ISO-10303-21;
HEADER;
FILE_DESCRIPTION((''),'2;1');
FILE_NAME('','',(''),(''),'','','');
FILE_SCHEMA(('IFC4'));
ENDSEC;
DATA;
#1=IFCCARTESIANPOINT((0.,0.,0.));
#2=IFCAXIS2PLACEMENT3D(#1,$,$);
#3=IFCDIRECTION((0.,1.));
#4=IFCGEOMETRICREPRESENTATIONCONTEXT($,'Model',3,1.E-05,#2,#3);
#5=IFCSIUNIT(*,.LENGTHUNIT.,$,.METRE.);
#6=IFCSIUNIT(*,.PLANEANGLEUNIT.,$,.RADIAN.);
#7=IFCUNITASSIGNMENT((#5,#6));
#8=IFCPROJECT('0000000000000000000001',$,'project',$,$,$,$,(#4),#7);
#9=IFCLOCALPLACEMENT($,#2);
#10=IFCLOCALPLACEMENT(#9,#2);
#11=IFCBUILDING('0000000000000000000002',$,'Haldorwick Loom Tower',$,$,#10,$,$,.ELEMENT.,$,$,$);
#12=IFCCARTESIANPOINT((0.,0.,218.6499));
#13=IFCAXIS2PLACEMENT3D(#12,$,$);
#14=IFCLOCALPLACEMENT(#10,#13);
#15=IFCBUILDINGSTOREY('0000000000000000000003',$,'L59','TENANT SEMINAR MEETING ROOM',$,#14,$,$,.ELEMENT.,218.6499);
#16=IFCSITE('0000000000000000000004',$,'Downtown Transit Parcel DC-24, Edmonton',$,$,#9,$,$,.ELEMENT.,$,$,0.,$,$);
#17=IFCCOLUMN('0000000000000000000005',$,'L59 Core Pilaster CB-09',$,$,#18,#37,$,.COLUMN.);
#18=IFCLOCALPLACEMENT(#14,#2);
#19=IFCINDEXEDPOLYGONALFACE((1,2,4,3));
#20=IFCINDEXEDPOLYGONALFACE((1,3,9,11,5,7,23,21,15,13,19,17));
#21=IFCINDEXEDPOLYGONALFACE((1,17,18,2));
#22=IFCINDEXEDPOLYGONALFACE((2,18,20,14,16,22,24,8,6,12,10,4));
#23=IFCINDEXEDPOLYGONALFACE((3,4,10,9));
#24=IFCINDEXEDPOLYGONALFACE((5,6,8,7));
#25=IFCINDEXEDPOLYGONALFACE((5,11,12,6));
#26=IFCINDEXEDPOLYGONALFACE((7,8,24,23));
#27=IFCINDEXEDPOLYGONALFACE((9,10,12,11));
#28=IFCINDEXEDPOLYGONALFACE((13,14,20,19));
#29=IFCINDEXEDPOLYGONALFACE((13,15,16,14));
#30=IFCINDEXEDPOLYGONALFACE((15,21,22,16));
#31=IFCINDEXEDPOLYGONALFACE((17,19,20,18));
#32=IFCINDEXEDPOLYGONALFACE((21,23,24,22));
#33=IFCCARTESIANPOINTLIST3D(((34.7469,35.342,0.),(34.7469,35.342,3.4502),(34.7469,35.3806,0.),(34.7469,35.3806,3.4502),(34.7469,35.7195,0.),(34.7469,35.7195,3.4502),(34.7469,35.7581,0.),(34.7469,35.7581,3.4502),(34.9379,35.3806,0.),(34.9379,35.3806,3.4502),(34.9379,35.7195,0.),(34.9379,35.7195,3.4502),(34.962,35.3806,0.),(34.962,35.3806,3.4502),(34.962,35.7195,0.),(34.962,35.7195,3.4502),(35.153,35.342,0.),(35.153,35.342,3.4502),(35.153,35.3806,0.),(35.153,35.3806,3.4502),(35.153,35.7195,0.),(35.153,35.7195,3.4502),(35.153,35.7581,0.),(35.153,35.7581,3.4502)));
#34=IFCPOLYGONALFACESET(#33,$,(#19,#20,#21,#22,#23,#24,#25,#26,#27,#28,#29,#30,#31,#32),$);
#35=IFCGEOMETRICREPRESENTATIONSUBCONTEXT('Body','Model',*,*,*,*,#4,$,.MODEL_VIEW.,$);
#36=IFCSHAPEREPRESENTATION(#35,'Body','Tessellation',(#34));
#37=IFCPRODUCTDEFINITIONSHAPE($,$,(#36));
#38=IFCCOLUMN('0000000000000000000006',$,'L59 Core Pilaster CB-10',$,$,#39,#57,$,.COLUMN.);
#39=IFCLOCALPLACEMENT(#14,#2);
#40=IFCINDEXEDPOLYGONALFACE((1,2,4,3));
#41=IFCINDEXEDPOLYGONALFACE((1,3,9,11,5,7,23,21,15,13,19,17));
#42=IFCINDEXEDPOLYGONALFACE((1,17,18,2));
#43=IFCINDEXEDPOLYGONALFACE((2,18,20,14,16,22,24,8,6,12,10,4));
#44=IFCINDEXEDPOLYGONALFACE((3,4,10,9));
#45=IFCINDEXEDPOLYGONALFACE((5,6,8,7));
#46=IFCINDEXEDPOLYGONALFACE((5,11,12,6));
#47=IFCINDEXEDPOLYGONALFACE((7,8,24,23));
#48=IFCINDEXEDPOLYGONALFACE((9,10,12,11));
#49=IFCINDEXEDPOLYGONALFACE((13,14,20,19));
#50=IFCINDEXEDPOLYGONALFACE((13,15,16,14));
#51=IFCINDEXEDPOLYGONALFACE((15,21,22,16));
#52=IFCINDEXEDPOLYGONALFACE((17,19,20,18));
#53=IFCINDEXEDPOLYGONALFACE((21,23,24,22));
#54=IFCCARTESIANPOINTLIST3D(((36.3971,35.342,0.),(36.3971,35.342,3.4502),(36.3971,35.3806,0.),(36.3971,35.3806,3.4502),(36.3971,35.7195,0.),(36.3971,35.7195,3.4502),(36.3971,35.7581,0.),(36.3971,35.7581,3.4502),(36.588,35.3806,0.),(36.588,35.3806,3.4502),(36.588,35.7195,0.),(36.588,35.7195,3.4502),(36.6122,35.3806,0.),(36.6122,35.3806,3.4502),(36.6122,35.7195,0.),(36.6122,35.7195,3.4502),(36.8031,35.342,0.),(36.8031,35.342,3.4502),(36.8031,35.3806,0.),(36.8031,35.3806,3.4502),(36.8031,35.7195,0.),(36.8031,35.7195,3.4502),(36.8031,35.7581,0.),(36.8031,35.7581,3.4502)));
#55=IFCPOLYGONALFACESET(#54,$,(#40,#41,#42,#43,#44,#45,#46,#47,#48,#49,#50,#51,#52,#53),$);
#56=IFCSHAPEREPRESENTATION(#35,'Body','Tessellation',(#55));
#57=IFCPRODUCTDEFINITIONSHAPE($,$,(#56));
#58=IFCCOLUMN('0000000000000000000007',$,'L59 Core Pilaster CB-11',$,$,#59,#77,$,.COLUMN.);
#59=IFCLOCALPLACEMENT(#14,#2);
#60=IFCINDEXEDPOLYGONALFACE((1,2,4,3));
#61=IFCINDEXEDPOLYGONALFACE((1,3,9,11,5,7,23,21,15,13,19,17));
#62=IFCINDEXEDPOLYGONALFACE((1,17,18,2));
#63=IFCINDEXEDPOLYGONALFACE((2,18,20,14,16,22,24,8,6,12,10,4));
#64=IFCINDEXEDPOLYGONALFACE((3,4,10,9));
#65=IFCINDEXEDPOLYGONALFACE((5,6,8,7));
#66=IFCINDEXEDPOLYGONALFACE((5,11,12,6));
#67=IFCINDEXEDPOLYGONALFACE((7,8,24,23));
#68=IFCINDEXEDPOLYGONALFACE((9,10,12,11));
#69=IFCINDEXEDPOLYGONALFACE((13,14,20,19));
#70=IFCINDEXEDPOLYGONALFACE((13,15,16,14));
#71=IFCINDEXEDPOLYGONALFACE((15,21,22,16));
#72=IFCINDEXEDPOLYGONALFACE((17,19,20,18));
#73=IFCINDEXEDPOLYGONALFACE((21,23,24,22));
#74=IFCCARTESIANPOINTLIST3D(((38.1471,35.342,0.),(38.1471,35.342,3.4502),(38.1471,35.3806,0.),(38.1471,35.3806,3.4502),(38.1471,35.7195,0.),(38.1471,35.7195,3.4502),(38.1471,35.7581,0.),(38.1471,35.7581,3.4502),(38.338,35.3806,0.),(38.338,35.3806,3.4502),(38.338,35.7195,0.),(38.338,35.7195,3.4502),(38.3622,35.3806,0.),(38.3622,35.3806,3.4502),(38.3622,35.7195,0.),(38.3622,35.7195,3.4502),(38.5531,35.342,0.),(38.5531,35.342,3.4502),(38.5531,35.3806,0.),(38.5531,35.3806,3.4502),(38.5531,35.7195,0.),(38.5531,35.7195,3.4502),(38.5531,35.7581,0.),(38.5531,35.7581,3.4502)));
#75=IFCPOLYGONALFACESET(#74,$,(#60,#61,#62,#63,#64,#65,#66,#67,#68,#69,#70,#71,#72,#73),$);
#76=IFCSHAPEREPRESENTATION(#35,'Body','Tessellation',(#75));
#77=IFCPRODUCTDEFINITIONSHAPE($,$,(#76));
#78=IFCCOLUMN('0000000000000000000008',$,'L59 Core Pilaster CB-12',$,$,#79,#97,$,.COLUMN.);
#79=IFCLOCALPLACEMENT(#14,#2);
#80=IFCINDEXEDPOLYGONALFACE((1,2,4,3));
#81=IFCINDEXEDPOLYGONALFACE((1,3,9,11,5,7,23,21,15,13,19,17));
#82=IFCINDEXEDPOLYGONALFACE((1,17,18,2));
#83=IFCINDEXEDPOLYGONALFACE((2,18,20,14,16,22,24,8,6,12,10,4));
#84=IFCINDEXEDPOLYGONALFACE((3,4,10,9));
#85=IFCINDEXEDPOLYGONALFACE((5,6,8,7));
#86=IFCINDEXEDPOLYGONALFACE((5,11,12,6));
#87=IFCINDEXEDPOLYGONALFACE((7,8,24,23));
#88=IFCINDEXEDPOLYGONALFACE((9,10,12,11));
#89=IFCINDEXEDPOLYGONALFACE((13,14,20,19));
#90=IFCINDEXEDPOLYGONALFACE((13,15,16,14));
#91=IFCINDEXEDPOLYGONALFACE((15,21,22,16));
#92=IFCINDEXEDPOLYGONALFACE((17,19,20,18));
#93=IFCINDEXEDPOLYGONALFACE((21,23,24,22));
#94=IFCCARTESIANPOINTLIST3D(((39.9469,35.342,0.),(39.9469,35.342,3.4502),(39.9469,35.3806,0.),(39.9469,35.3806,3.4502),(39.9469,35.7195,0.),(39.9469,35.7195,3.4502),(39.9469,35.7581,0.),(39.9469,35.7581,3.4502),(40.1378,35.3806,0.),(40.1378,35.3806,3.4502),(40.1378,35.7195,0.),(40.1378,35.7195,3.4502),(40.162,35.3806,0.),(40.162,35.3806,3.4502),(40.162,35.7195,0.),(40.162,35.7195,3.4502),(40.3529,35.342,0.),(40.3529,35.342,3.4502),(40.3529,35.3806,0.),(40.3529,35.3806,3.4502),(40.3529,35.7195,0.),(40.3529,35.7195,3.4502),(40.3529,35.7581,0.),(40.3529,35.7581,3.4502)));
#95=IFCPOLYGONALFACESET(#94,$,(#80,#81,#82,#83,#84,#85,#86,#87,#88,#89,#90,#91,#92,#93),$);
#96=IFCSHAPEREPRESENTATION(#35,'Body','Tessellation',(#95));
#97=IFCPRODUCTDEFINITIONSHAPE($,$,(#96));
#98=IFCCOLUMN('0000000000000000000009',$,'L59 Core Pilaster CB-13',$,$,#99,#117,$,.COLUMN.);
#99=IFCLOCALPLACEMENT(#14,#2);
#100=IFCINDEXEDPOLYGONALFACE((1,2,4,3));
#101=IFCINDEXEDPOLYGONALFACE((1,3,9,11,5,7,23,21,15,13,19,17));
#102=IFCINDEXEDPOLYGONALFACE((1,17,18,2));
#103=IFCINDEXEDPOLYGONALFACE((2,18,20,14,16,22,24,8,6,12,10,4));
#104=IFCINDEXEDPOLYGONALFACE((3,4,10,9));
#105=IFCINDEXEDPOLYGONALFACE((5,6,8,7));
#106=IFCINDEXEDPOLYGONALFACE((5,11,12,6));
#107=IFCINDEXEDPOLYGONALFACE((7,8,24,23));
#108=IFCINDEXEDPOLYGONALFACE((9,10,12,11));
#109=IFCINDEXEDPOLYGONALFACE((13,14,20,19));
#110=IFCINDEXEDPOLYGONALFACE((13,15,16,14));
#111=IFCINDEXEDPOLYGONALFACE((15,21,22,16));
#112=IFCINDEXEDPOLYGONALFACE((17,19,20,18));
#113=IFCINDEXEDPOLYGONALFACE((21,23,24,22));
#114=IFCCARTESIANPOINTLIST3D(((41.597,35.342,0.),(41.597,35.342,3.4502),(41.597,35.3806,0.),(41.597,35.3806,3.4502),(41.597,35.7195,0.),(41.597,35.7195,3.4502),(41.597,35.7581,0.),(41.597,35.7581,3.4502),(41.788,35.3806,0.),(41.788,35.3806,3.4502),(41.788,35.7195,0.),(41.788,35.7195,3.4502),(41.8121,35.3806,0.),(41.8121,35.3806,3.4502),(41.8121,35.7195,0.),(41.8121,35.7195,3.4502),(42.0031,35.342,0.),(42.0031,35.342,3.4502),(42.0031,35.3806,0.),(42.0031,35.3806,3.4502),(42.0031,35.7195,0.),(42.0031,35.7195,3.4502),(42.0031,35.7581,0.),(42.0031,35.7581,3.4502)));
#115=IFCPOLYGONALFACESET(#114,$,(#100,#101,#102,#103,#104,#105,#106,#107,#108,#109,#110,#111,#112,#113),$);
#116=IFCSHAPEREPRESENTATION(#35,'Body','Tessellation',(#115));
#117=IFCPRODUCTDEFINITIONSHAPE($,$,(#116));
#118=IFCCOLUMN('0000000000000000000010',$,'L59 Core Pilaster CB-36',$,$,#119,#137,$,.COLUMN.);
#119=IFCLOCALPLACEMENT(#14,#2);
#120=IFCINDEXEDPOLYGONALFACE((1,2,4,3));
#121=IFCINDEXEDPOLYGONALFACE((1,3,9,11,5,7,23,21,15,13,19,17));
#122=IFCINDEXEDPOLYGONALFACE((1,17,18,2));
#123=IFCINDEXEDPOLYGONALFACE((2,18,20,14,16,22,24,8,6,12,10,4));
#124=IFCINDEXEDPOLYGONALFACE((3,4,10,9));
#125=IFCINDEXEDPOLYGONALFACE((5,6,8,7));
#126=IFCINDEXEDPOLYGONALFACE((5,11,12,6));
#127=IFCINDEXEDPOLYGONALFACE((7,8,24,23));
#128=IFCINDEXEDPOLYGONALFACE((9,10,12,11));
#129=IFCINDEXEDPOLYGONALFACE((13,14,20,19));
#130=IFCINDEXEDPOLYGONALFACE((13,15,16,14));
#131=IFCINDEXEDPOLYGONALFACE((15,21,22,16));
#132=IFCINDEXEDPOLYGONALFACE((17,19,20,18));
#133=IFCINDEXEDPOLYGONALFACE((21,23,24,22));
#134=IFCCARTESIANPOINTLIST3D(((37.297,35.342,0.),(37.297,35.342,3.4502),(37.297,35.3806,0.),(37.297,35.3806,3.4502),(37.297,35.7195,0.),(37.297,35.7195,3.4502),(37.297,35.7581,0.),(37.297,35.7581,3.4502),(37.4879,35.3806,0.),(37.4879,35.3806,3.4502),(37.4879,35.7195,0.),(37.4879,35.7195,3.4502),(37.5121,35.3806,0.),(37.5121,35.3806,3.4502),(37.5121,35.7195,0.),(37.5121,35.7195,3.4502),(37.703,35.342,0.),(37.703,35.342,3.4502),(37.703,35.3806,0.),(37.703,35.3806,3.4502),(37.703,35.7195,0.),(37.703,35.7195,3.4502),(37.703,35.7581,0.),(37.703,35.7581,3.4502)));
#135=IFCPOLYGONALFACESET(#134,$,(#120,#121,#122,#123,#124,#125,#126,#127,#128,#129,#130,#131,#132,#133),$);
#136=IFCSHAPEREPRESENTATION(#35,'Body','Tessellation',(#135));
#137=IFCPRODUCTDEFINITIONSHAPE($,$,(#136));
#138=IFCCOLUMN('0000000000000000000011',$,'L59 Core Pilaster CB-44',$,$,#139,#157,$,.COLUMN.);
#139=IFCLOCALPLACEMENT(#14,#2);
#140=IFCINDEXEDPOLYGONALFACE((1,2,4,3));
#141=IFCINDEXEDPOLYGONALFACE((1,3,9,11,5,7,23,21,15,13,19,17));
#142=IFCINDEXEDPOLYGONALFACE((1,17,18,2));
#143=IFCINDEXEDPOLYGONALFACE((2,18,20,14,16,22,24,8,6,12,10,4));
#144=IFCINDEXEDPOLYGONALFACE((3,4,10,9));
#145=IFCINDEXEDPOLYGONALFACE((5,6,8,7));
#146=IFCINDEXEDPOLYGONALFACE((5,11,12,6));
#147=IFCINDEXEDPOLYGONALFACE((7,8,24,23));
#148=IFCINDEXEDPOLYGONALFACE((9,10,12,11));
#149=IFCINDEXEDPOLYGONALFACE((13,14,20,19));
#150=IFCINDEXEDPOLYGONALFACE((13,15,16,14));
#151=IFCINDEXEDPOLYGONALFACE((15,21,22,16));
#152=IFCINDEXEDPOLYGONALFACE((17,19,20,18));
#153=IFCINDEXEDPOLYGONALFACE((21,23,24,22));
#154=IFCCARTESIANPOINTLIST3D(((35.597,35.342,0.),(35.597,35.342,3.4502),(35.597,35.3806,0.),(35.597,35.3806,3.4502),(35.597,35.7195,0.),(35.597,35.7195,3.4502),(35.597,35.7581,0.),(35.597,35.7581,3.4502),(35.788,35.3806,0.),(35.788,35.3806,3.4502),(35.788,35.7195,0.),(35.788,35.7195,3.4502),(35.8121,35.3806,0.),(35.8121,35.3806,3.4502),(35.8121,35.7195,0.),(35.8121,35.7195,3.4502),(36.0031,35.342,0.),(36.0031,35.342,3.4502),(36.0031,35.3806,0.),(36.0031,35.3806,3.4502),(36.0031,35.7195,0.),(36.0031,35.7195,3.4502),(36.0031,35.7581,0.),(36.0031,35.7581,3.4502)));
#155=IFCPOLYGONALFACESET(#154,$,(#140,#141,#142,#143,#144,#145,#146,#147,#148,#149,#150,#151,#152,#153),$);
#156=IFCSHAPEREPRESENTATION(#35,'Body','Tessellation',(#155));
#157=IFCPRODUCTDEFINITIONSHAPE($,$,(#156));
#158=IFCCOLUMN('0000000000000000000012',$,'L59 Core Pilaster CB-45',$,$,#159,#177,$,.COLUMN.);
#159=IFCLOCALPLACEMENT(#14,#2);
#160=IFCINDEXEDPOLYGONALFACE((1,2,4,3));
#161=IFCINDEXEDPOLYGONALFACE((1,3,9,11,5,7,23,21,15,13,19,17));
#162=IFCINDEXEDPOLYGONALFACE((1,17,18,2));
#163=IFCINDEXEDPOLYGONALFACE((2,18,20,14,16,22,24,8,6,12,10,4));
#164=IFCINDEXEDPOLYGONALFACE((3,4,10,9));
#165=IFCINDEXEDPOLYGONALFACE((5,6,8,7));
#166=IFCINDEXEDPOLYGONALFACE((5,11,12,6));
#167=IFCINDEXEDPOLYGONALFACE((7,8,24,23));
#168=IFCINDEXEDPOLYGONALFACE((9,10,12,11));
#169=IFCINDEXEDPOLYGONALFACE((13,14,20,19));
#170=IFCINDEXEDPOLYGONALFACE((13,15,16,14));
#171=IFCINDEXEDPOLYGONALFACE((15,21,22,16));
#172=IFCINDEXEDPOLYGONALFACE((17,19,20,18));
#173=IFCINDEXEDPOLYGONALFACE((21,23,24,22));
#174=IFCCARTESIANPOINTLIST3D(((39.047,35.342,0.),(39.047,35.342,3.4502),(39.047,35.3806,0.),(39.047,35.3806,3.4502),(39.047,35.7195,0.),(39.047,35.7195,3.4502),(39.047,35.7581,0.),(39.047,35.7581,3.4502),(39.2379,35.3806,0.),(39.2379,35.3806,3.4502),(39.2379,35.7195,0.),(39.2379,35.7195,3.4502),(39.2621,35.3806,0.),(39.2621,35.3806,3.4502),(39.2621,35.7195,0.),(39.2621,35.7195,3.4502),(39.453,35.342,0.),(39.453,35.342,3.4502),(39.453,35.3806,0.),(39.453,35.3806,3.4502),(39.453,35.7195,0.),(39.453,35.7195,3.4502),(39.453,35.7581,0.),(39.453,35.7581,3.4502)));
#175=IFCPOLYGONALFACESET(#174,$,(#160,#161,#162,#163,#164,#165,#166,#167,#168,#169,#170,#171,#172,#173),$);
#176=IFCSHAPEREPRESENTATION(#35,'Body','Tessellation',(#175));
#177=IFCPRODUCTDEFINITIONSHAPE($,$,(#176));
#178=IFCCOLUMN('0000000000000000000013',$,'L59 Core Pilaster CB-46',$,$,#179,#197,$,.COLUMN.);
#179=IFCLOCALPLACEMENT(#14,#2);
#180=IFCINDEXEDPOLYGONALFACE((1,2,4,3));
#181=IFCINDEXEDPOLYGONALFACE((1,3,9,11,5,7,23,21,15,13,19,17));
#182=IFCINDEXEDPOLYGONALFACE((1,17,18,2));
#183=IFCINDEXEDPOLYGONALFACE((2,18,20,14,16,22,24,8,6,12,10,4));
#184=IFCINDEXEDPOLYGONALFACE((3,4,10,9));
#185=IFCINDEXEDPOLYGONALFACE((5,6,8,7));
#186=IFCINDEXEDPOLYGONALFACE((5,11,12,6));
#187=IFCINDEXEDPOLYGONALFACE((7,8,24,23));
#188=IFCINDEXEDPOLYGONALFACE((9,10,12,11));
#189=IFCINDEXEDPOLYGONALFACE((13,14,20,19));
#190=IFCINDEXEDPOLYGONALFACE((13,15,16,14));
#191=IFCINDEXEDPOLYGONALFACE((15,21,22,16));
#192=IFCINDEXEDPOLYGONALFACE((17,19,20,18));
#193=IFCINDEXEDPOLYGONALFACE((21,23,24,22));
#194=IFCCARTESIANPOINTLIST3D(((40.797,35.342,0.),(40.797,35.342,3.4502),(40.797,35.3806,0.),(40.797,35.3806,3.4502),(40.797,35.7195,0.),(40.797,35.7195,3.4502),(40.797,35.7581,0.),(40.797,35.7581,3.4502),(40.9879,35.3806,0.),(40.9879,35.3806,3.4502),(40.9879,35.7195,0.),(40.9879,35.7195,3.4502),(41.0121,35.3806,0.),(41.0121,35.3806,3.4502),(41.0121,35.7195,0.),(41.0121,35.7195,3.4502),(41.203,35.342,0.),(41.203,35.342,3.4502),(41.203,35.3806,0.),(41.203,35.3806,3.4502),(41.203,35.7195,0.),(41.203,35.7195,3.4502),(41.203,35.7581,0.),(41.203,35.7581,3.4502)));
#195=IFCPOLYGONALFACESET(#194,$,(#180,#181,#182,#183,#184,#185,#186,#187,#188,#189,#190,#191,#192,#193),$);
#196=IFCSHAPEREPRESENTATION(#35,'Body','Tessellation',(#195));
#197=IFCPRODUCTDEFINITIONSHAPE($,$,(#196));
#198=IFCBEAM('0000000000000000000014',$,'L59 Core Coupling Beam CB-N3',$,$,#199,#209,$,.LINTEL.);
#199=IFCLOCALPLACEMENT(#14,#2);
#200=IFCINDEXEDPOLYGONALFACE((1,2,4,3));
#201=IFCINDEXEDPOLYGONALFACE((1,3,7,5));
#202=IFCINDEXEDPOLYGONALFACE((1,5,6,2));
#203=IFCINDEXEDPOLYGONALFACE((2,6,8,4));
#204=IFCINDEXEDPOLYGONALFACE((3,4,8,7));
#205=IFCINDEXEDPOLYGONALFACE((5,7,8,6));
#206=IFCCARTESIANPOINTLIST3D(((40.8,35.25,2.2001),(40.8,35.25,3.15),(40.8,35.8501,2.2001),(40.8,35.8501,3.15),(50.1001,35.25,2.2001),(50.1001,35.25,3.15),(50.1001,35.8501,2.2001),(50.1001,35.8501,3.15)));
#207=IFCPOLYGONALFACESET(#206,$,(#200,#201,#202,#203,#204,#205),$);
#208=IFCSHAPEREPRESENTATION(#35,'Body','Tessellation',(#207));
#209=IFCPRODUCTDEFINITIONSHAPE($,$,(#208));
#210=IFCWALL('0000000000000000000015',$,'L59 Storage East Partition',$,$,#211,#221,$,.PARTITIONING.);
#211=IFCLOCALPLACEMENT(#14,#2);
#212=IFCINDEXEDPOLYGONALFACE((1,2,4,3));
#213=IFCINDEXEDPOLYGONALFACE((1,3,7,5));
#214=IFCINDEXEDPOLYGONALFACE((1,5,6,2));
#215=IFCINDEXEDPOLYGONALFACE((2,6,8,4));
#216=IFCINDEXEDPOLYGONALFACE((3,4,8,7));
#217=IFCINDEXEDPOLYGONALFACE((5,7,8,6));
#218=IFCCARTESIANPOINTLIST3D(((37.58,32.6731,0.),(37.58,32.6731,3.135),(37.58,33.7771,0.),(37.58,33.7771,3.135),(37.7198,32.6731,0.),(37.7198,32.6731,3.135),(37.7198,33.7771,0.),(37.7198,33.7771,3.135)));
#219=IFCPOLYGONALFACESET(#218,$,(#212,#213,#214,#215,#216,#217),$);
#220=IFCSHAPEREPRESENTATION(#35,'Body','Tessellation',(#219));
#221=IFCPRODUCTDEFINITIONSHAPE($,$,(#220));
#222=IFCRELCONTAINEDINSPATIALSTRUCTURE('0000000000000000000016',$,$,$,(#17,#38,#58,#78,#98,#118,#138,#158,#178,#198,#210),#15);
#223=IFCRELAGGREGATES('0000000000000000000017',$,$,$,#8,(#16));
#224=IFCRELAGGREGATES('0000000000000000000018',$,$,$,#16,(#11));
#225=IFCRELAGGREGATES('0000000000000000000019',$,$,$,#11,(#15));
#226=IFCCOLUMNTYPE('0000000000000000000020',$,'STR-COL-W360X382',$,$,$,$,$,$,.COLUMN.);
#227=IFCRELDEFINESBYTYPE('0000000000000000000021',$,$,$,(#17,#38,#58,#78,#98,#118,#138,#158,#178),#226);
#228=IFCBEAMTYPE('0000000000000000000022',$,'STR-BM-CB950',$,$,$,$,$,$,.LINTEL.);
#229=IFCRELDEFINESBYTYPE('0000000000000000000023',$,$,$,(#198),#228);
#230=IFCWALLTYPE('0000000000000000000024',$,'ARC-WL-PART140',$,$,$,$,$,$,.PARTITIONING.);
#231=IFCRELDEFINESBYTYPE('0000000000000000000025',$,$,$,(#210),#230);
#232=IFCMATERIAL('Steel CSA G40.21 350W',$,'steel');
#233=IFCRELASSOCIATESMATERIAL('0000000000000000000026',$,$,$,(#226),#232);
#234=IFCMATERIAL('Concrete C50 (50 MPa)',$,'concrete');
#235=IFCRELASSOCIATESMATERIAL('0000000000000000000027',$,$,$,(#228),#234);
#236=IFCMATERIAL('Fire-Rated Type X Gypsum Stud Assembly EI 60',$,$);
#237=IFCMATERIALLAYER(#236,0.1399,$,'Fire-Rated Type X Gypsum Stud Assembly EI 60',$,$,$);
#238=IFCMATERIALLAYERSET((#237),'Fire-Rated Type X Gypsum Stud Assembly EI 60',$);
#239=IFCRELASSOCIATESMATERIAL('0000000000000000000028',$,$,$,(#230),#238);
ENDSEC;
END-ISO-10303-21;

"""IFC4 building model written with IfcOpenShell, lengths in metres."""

from ifc_helpers import new_model, si_unit, direction, frame, frame_2d, origin, origin_2d, place, context, subcontext, project, spatial, rectangle, i_section, extrude, material, layer, layer_set, material_profile, profile_set, type_object, element, save


model = new_model("IFC4")

# Units and contexts
model_context = context("Model", 3, precision=1e-05, world=origin(), true_north=direction((0.0, 1.0)))
body_context = subcontext(model_context, "Body", "Model", "MODEL_VIEW")
ifc_project = project(units=[si_unit("LENGTHUNIT", "METRE"), si_unit("PLANEANGLEUNIT", "RADIAN")], contexts=[model_context])

# Site, building, storey
site_placement = place(None, origin())
site = spatial("IfcSite", under=ifc_project, at=site_placement, Name="Downtown Transit Parcel DC-24, Edmonton", CompositionType="ELEMENT", RefElevation=0.0)
building_placement = place(site_placement, origin())
building = spatial("IfcBuilding", under=site, at=building_placement, Name="Haldorwick Loom Tower", CompositionType="ELEMENT")
storey_placement = place(building_placement, frame((0.0, 0.0, 218.6499)))
storey = spatial("IfcBuildingStorey", under=building, at=storey_placement, Name="L59", Description="TENANT SEMINAR MEETING ROOM", CompositionType="ELEMENT", Elevation=218.6499)

# Columns
ifc_material_1 = material(Name="Steel CSA G40.21 350W", Category="steel")
ifc_material_profile_1 = material_profile(ifc_material_1, i_section(OverallWidth=0.406, OverallDepth=0.416, WebThickness=0.0242, FlangeThickness=0.0386, at=origin_2d()), Name="W360X382", Category="steel")
ifc_profile_set_1 = profile_set([ifc_material_profile_1], Name="Steel CSA G40.21 350W")
column_type = type_object("IfcColumnType", Name="STR-COL-W360X382", PredefinedType="COLUMN", material=ifc_profile_set_1)
for number, where, z_axis, x_axis, name in (
    (1, (34.95, 35.55, 0.0), (0.0, 0.0, 1.0), (1.0, 0.0, 0.0), "L59 Core Pilaster CB-09"),
    (2, (36.6001, 35.55, 0.0), (0.0, 0.0, 1.0), (1.0, 0.0, 0.0), "L59 Core Pilaster CB-10"),
    (3, (38.3501, 35.55, 0.0), (0.0, 0.0, 1.0), (1.0, 0.0, 0.0), "L59 Core Pilaster CB-11"),
    (4, (40.1499, 35.55, 0.0), (0.0, 0.0, 1.0), (1.0, 0.0, 0.0), "L59 Core Pilaster CB-12"),
    (5, (41.8, 35.55, 0.0), (0.0, 0.0, 1.0), (1.0, 0.0, 0.0), "L59 Core Pilaster CB-13"),
    (6, (37.5, 35.55, 0.0), (0.0, 0.0, 1.0), (1.0, 0.0, 0.0), "L59 Core Pilaster CB-36"),
    (7, (35.8, 35.55, 0.0), (0.0, 0.0, 1.0), (1.0, 0.0, 0.0), "L59 Core Pilaster CB-44"),
    (8, (39.25, 35.55, 0.0), (0.0, 0.0, 1.0), (1.0, 0.0, 0.0), "L59 Core Pilaster CB-45"),
    (9, (41.0, 35.55, 0.0), (0.0, 0.0, 1.0), (1.0, 0.0, 0.0), "L59 Core Pilaster CB-46"),
):
    element("IfcColumn", number, at=place(storey_placement, frame(where, z_axis=z_axis, x_axis=x_axis)), inside=storey, type_object=column_type, Name=name, PredefinedType="COLUMN", context=body_context, shape_type="SweptSolid", body=[
        extrude(i_section(OverallWidth=0.406, OverallDepth=0.416, WebThickness=0.0242, FlangeThickness=0.0386, at=origin_2d()), origin(), (0.0, 0.0, 1.0), 3.4502),
    ])

# Beam
ifc_material_2 = material(Name="Concrete C50 (50 MPa)", Category="concrete")
ifc_material_profile_2 = material_profile(ifc_material_2, rectangle(XDim=0.6001, YDim=0.95, at=origin_2d()), Name="RC600X950", Category="concrete")
ifc_profile_set_2 = profile_set([ifc_material_profile_2], Name="Concrete C50 (50 MPa)")
beam_type = type_object("IfcBeamType", Name="STR-BM-CB950", PredefinedType="LINTEL", material=ifc_profile_set_2)
beam_placement = place(storey_placement, frame((40.8, 35.55, 2.675), z_axis=(1.0, 0.0, 0.0), x_axis=(0.0, 1.0, 0.0)))
element("IfcBeam", 10, at=beam_placement, inside=storey, type_object=beam_type, Name="L59 Core Coupling Beam CB-N3", PredefinedType="LINTEL", context=body_context, shape_type="SweptSolid", body=[
    extrude(rectangle(XDim=0.6001, YDim=0.95, at=origin_2d()), origin(), (0.0, 0.0, 1.0), 9.3),
])

# Wall
ifc_material_3 = material(Name="Fire-Rated Type X Gypsum Stud Assembly EI 60")
ifc_layer_1 = layer(ifc_material_3, 0.1399, Name="Fire-Rated Type X Gypsum Stud Assembly EI 60")
ifc_layer_set_1 = layer_set([ifc_layer_1], Name="Fire-Rated Type X Gypsum Stud Assembly EI 60")
wall_type_1 = type_object("IfcWallType", Name="ARC-WL-PART140", PredefinedType="PARTITIONING", material=ifc_layer_set_1)
wall_1_placement = place(storey_placement, frame((37.6499, 32.6731, 0.0), z_axis=(0.0, 0.0, 1.0), x_axis=(0.0, 1.0, 0.0)))
element("IfcWall", 11, at=wall_1_placement, inside=storey, type_object=wall_type_1, Name="L59 Storage East Partition", PredefinedType="PARTITIONING", context=body_context, shape_type="SweptSolid", body=[
    extrude(rectangle(XDim=1.104, YDim=0.1399, at=frame_2d((0.552, 0.0))), origin(), (0.0, 0.0, 1.0), 3.135),
])

save(model, "model.ifc")
